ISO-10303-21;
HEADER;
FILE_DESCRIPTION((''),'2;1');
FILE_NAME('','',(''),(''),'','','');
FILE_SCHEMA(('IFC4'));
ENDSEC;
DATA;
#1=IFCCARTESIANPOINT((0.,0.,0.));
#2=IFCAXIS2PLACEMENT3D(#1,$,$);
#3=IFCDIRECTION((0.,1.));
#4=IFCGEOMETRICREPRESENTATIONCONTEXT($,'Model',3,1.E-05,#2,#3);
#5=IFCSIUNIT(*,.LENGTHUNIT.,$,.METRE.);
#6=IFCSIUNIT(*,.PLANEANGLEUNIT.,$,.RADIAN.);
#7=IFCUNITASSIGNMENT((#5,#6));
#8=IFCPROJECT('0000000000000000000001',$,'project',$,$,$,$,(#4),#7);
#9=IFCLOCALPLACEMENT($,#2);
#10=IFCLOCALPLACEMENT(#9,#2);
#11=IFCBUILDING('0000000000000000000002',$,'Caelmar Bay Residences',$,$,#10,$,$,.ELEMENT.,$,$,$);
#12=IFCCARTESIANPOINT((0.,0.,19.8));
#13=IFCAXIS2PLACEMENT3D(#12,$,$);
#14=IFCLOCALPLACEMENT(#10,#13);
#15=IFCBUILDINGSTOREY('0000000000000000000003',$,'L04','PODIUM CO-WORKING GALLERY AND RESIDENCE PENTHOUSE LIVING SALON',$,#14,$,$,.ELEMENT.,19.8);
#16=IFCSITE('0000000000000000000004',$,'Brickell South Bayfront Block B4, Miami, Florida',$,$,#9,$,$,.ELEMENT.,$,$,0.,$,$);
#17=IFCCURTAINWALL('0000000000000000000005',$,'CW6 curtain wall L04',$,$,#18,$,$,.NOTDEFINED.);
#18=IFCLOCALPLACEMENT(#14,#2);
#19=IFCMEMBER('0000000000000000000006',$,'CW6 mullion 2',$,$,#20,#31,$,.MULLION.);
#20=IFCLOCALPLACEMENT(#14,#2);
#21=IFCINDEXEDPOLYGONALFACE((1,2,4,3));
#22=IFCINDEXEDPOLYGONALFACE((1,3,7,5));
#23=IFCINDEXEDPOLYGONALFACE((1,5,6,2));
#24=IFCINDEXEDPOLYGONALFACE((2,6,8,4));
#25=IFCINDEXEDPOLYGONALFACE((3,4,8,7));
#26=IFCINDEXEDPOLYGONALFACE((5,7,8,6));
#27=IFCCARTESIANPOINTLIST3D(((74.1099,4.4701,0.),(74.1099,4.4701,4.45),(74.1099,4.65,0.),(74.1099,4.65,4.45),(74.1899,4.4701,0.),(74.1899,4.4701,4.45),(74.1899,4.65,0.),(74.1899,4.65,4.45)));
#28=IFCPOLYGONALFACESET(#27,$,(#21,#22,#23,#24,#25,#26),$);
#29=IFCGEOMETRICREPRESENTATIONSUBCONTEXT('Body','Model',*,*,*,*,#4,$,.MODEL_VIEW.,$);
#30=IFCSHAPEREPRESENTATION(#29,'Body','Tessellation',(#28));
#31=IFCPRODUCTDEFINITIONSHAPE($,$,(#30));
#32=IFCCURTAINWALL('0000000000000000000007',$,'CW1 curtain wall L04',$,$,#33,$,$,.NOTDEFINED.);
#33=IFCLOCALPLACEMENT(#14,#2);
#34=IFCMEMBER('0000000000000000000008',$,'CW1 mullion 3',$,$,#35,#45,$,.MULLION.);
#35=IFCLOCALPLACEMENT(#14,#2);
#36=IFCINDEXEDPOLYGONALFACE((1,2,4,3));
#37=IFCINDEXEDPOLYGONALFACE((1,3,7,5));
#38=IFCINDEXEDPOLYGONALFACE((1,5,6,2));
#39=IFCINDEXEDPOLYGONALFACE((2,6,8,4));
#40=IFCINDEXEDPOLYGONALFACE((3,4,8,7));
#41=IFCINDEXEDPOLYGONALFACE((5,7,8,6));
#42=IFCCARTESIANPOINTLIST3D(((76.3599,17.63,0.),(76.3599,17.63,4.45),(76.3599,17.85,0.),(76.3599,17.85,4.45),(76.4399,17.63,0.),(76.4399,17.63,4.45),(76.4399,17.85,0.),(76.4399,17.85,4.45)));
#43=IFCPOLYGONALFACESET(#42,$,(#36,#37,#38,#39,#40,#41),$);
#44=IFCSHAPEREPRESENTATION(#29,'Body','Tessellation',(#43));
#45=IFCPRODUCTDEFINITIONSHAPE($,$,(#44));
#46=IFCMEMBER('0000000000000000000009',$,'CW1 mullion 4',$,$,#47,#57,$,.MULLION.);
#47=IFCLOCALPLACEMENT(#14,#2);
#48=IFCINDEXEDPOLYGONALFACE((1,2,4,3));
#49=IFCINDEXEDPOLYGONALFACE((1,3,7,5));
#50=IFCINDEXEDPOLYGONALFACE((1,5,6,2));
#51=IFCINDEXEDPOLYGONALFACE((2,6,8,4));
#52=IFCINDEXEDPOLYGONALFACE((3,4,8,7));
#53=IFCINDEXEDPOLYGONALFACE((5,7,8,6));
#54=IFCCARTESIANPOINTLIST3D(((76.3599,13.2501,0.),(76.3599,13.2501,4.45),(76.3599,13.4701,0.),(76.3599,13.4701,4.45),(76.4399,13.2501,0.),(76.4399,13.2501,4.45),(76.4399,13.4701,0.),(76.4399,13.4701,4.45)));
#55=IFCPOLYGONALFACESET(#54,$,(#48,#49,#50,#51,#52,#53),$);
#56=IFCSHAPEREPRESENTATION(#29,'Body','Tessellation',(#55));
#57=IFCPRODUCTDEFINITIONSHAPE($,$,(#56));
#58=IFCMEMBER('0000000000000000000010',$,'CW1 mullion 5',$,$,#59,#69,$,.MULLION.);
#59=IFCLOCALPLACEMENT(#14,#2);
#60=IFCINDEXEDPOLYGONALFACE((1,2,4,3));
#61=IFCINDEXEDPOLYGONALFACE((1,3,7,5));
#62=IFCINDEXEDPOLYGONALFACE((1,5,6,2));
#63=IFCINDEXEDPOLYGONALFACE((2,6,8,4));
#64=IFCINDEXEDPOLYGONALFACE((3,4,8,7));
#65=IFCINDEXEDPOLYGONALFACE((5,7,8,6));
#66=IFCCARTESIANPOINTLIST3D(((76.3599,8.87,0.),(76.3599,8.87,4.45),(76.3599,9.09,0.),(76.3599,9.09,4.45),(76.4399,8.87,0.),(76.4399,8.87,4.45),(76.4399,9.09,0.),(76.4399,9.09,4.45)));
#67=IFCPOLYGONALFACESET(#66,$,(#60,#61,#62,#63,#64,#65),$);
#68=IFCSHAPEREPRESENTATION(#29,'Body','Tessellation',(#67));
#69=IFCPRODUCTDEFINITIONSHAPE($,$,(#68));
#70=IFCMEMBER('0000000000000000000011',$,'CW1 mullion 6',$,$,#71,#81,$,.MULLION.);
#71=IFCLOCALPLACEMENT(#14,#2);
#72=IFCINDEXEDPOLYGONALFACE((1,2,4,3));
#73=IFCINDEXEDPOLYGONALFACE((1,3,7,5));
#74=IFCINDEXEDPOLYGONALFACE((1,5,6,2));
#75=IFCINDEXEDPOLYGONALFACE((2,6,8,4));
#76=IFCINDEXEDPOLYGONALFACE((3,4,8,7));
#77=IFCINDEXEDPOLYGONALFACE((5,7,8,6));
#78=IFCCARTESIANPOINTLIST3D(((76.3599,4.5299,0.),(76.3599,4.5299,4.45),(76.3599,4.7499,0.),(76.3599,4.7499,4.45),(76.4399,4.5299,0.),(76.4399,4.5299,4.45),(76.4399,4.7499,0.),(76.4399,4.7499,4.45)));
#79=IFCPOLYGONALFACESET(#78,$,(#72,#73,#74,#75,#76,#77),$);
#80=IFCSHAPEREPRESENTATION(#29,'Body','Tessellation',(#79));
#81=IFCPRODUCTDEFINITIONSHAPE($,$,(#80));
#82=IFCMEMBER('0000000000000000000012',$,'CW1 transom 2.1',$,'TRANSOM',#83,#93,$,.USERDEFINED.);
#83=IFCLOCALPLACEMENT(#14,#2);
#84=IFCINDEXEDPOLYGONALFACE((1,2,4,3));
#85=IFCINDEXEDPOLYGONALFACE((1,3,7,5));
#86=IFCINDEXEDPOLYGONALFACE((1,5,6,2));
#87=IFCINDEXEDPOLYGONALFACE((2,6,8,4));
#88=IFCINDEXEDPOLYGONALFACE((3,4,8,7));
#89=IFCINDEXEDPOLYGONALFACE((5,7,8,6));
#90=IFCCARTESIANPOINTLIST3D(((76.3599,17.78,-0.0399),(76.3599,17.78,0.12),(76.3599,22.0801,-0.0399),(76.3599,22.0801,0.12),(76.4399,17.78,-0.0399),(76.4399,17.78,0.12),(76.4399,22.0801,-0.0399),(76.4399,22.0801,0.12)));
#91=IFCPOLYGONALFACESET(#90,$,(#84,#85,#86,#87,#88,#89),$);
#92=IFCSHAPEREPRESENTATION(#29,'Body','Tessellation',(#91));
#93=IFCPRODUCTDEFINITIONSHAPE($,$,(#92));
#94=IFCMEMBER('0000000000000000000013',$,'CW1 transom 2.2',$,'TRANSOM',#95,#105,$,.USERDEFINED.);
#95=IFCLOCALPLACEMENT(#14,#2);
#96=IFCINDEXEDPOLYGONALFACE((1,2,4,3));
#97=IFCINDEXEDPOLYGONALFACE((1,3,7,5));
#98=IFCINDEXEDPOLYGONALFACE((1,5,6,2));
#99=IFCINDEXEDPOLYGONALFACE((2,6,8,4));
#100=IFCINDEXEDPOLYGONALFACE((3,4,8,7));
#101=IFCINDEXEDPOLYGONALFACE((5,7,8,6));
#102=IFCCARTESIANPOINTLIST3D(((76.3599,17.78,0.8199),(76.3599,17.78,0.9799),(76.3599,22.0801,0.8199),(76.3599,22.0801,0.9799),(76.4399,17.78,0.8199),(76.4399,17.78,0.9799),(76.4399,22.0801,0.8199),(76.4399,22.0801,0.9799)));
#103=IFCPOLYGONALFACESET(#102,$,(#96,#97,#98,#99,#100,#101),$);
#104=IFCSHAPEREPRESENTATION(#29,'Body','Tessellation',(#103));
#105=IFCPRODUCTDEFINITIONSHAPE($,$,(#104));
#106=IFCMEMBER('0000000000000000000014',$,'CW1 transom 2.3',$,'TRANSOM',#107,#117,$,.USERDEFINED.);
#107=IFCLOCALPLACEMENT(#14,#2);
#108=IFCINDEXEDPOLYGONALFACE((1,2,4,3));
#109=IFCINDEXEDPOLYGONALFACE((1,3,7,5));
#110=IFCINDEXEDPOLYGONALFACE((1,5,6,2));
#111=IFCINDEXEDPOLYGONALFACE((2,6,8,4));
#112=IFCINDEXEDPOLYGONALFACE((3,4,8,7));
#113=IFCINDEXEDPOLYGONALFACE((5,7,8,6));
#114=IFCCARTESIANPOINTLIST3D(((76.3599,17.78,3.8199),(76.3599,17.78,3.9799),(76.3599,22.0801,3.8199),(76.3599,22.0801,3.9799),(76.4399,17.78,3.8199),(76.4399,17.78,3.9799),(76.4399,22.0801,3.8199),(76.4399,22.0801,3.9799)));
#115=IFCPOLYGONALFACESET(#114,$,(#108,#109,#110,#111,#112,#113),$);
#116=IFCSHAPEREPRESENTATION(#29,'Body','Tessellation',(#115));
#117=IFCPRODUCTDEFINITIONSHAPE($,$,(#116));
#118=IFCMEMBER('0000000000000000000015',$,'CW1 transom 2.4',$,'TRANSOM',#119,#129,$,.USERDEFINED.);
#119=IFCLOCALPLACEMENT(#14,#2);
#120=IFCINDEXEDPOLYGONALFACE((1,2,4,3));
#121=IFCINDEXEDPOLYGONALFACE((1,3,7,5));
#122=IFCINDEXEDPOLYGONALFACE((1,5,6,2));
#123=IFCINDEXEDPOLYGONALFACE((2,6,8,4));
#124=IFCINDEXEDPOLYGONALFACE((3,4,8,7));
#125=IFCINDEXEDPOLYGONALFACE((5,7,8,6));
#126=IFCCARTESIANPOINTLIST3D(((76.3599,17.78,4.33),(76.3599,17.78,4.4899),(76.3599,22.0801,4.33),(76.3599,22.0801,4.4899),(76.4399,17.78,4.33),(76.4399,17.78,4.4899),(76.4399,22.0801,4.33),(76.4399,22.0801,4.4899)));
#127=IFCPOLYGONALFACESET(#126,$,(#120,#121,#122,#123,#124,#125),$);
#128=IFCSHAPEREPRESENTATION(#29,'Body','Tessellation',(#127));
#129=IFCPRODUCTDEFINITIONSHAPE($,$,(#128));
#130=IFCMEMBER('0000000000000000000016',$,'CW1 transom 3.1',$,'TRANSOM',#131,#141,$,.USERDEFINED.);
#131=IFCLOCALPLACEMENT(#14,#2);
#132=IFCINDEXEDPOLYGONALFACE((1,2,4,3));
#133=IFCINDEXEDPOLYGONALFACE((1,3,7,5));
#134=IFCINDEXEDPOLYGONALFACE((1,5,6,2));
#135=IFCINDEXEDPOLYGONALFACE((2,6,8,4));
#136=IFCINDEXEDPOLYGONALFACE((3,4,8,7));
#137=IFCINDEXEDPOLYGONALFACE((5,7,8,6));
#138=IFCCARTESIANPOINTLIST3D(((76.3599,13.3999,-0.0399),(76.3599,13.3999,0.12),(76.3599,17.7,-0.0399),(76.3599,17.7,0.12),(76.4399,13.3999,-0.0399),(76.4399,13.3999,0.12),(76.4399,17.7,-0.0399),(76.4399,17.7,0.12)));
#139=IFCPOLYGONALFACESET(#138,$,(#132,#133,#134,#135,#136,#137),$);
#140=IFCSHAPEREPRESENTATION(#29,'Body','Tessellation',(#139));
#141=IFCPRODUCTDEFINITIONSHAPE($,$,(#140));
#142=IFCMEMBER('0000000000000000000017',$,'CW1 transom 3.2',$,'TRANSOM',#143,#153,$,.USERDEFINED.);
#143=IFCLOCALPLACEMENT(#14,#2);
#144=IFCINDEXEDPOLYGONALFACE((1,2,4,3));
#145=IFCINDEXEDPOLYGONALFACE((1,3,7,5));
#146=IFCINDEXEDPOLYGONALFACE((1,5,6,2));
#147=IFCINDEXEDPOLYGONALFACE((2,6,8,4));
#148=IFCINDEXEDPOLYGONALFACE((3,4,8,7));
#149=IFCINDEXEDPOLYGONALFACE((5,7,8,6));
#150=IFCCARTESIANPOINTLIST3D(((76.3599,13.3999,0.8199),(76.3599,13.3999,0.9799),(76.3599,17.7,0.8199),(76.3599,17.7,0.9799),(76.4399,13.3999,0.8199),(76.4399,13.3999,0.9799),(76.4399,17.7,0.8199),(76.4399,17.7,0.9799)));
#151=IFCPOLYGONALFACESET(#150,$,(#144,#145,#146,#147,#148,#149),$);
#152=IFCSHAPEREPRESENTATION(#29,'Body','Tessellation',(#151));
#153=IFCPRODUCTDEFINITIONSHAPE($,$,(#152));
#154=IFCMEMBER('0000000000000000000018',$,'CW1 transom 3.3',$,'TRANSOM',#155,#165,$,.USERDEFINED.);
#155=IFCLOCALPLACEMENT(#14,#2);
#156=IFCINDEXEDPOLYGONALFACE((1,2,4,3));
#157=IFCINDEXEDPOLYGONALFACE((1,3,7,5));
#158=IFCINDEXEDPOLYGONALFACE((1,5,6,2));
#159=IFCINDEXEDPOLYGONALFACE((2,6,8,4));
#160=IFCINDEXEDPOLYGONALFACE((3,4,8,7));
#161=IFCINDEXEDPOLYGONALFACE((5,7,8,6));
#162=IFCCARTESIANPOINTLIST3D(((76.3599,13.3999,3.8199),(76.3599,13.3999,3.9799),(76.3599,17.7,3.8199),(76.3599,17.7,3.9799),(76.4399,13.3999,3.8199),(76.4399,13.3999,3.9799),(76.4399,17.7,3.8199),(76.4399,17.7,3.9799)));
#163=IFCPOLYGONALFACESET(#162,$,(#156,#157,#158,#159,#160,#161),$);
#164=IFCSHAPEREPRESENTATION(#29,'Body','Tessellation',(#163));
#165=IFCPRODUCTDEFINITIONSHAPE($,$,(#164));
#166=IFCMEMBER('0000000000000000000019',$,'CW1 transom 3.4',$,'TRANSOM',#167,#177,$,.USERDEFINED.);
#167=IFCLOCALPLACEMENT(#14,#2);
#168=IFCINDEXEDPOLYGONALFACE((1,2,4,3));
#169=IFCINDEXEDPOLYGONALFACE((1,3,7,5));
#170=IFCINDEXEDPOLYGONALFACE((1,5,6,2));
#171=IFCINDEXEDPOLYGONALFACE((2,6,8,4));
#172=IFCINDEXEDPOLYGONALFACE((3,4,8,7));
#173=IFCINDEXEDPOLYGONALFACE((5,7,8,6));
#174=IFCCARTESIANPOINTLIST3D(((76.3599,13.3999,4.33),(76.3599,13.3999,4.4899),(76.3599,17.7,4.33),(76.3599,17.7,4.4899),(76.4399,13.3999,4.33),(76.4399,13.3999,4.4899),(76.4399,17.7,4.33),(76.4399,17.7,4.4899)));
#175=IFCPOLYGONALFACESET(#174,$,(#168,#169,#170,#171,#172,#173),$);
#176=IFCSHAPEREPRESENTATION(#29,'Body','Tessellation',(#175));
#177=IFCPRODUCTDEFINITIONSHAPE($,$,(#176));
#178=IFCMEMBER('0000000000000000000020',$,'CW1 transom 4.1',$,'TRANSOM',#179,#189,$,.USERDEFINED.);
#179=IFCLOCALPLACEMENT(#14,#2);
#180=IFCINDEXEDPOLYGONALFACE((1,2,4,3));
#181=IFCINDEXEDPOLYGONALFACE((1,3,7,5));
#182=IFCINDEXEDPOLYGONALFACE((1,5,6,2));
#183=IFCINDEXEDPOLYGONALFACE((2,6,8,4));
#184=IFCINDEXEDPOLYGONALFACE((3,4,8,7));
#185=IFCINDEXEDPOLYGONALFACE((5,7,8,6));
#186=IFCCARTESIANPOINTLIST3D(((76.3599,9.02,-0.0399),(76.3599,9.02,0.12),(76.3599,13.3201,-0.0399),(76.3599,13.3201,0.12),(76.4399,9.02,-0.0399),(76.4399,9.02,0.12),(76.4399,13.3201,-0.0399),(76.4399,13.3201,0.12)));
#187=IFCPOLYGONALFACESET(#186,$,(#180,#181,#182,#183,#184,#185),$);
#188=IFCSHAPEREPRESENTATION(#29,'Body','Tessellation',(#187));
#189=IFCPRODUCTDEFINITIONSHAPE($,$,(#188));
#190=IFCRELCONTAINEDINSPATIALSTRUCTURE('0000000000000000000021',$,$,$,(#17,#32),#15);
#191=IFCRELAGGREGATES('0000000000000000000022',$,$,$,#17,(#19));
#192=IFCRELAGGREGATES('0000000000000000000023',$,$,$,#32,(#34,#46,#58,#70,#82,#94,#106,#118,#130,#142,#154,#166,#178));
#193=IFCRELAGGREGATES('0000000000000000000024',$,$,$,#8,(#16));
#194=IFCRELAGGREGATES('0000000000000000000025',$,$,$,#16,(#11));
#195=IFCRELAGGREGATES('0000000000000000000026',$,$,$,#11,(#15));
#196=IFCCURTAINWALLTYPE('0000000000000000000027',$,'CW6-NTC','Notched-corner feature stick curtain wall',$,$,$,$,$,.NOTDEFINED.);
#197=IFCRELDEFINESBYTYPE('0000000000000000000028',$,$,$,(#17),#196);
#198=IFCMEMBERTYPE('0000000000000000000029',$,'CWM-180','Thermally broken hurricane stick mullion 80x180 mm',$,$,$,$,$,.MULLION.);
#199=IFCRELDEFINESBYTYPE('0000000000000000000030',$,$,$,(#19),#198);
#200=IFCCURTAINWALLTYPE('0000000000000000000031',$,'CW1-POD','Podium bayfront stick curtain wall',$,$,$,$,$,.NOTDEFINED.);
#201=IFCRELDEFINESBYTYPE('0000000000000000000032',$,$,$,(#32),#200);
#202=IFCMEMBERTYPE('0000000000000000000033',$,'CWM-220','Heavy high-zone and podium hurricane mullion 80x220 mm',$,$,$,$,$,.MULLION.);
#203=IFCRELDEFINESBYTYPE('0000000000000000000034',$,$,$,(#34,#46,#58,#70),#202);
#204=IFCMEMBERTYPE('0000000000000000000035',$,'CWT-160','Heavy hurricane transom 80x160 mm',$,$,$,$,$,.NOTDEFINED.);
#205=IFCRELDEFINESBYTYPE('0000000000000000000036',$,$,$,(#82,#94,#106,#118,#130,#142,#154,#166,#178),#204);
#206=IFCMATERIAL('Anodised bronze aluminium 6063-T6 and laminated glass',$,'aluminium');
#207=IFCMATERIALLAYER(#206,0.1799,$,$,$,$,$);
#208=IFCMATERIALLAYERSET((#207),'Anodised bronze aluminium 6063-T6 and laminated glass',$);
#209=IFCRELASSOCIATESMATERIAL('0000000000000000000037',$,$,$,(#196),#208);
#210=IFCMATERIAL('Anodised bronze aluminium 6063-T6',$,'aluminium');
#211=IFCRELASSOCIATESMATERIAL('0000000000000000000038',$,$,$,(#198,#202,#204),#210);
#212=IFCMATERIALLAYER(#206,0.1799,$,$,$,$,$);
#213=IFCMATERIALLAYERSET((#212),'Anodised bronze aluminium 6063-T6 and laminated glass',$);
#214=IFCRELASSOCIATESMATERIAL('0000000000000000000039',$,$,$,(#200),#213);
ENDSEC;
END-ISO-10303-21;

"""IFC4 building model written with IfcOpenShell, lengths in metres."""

from ifc_helpers import new_model, si_unit, direction, frame, origin, origin_2d, place, context, subcontext, project, spatial, rectangle, extrude, material, layer, layer_set, material_profile, profile_set, type_object, element, aggregate, save


model = new_model("IFC4")

# Units and contexts
model_context = context("Model", 3, precision=1e-05, world=origin(), true_north=direction((0.0, 1.0)))
body_context = subcontext(model_context, "Body", "Model", "MODEL_VIEW")
ifc_project = project(units=[si_unit("LENGTHUNIT", "METRE"), si_unit("PLANEANGLEUNIT", "RADIAN")], contexts=[model_context])

# Site, building, storey
site_placement = place(None, origin())
site = spatial("IfcSite", under=ifc_project, at=site_placement, Name="Brickell South Bayfront Block B4, Miami, Florida", CompositionType="ELEMENT", RefElevation=0.0)
building_placement = place(site_placement, origin())
building = spatial("IfcBuilding", under=site, at=building_placement, Name="Caelmar Bay Residences", CompositionType="ELEMENT")
storey_placement = place(building_placement, frame((0.0, 0.0, 19.8)))
storey = spatial("IfcBuildingStorey", under=building, at=storey_placement, Name="L04", Description="PODIUM CO-WORKING GALLERY AND RESIDENCE PENTHOUSE LIVING SALON", CompositionType="ELEMENT", Elevation=19.8)

# Curtain wall, member
ifc_material_1 = material(Name="Anodised bronze aluminium 6063-T6 and laminated glass", Category="aluminium")
ifc_layer_1 = layer(ifc_material_1, 0.1799)
ifc_layer_set_1 = layer_set([ifc_layer_1], Name="Anodised bronze aluminium 6063-T6 and laminated glass")
curtain_wall_type_1 = type_object("IfcCurtainWallType", Name="CW6-NTC", Description="Notched-corner feature stick curtain wall", PredefinedType="NOTDEFINED", material=ifc_layer_set_1)
curtain_wall_1_placement = place(storey_placement, origin())
curtain_wall_1 = element("IfcCurtainWall", 1, at=curtain_wall_1_placement, inside=storey, type_object=curtain_wall_type_1, Name="CW6 curtain wall L04", PredefinedType="NOTDEFINED")
ifc_material_2 = material(Name="Anodised bronze aluminium 6063-T6", Category="aluminium")
ifc_material_profile_1 = material_profile(ifc_material_2, rectangle(XDim=0.0801, YDim=0.1799, at=origin_2d()), Name="CWM-80X180")
ifc_profile_set_1 = profile_set([ifc_material_profile_1], Name="Anodised bronze aluminium 6063-T6")
member_type_1 = type_object("IfcMemberType", Name="CWM-180", Description="Thermally broken hurricane stick mullion 80x180 mm", PredefinedType="MULLION", material=ifc_profile_set_1)
member_1_placement = place(storey_placement, frame((74.1499, 4.5601, 0.0), z_axis=(0.0, 0.0, 1.0), x_axis=(-1.0, 0.0, 0.0)))
member_1 = element("IfcMember", 2, at=member_1_placement, type_object=member_type_1, Name="CW6 mullion 2", PredefinedType="MULLION", context=body_context, shape_type="SweptSolid", body=[
    extrude(rectangle(XDim=0.0801, YDim=0.1799, at=origin_2d()), origin(), (0.0, 0.0, 1.0), 4.45),
])
aggregate(curtain_wall_1, [member_1])

# Curtain wall, members
ifc_layer_2 = layer(ifc_material_1, 0.1799)
ifc_layer_set_2 = layer_set([ifc_layer_2], Name="Anodised bronze aluminium 6063-T6 and laminated glass")
curtain_wall_type_2 = type_object("IfcCurtainWallType", Name="CW1-POD", Description="Podium bayfront stick curtain wall", PredefinedType="NOTDEFINED", material=ifc_layer_set_2)
curtain_wall_2_placement = place(storey_placement, origin())
curtain_wall_2 = element("IfcCurtainWall", 3, at=curtain_wall_2_placement, inside=storey, type_object=curtain_wall_type_2, Name="CW1 curtain wall L04", PredefinedType="NOTDEFINED")
ifc_material_profile_2 = material_profile(ifc_material_2, rectangle(XDim=0.0801, YDim=0.22, at=origin_2d()), Name="CWM-80X220")
ifc_profile_set_2 = profile_set([ifc_material_profile_2], Name="Anodised bronze aluminium 6063-T6")
member_type_2 = type_object("IfcMemberType", Name="CWM-220", Description="Heavy high-zone and podium hurricane mullion 80x220 mm", PredefinedType="MULLION", material=ifc_profile_set_2)
member_2_placement = place(storey_placement, frame((76.3999, 17.74, 0.0), z_axis=(0.0, 0.0, 1.0), x_axis=(1.0, 0.0, 0.0)))
member_2 = element("IfcMember", 4, at=member_2_placement, type_object=member_type_2, Name="CW1 mullion 3", PredefinedType="MULLION", context=body_context, shape_type="SweptSolid", body=[
    extrude(rectangle(XDim=0.0801, YDim=0.22, at=origin_2d()), origin(), (0.0, 0.0, 1.0), 4.45),
])
member_3_placement = place(storey_placement, frame((76.3999, 13.3601, 0.0), z_axis=(0.0, 0.0, 1.0), x_axis=(1.0, 0.0, 0.0)))
member_3 = element("IfcMember", 5, at=member_3_placement, type_object=member_type_2, Name="CW1 mullion 4", PredefinedType="MULLION", context=body_context, shape_type="SweptSolid", body=[
    extrude(rectangle(XDim=0.0801, YDim=0.22, at=origin_2d()), origin(), (0.0, 0.0, 1.0), 4.45),
])
member_4_placement = place(storey_placement, frame((76.3999, 8.98, 0.0), z_axis=(0.0, 0.0, 1.0), x_axis=(1.0, 0.0, 0.0)))
member_4 = element("IfcMember", 6, at=member_4_placement, type_object=member_type_2, Name="CW1 mullion 5", PredefinedType="MULLION", context=body_context, shape_type="SweptSolid", body=[
    extrude(rectangle(XDim=0.0801, YDim=0.22, at=origin_2d()), origin(), (0.0, 0.0, 1.0), 4.45),
])
member_5_placement = place(storey_placement, frame((76.3999, 4.6399, 0.0), z_axis=(0.0, 0.0, 1.0), x_axis=(1.0, 0.0, 0.0)))
member_5 = element("IfcMember", 7, at=member_5_placement, type_object=member_type_2, Name="CW1 mullion 6", PredefinedType="MULLION", context=body_context, shape_type="SweptSolid", body=[
    extrude(rectangle(XDim=0.0801, YDim=0.22, at=origin_2d()), origin(), (0.0, 0.0, 1.0), 4.45),
])
ifc_material_profile_3 = material_profile(ifc_material_2, rectangle(XDim=0.0801, YDim=0.1599, at=origin_2d()), Name="CWT-80X160")
ifc_profile_set_3 = profile_set([ifc_material_profile_3], Name="Anodised bronze aluminium 6063-T6")
member_type_3 = type_object("IfcMemberType", Name="CWT-160", Description="Heavy hurricane transom 80x160 mm", PredefinedType="NOTDEFINED", material=ifc_profile_set_3)
member_6_placement = place(storey_placement, frame((76.3999, 22.0801, 0.04), z_axis=(0.0, -1.0, 0.0), x_axis=(1.0, 0.0, 0.0)))
member_6 = element("IfcMember", 8, at=member_6_placement, type_object=member_type_3, Name="CW1 transom 2.1", ObjectType="TRANSOM", PredefinedType="USERDEFINED", context=body_context, shape_type="SweptSolid", body=[
    extrude(rectangle(XDim=0.0801, YDim=0.1599, at=origin_2d()), origin(), (0.0, 0.0, 1.0), 4.3),
])
member_7_placement = place(storey_placement, frame((76.3999, 22.0801, 0.8999), z_axis=(0.0, -1.0, 0.0), x_axis=(1.0, 0.0, 0.0)))
member_7 = element("IfcMember", 9, at=member_7_placement, type_object=member_type_3, Name="CW1 transom 2.2", ObjectType="TRANSOM", PredefinedType="USERDEFINED", context=body_context, shape_type="SweptSolid", body=[
    extrude(rectangle(XDim=0.0801, YDim=0.1599, at=origin_2d()), origin(), (0.0, 0.0, 1.0), 4.3),
])
member_8_placement = place(storey_placement, frame((76.3999, 22.0801, 3.8999), z_axis=(0.0, -1.0, 0.0), x_axis=(1.0, 0.0, 0.0)))
member_8 = element("IfcMember", 10, at=member_8_placement, type_object=member_type_3, Name="CW1 transom 2.3", ObjectType="TRANSOM", PredefinedType="USERDEFINED", context=body_context, shape_type="SweptSolid", body=[
    extrude(rectangle(XDim=0.0801, YDim=0.1599, at=origin_2d()), origin(), (0.0, 0.0, 1.0), 4.3),
])
member_9_placement = place(storey_placement, frame((76.3999, 22.0801, 4.4099), z_axis=(0.0, -1.0, 0.0), x_axis=(1.0, 0.0, 0.0)))
member_9 = element("IfcMember", 11, at=member_9_placement, type_object=member_type_3, Name="CW1 transom 2.4", ObjectType="TRANSOM", PredefinedType="USERDEFINED", context=body_context, shape_type="SweptSolid", body=[
    extrude(rectangle(XDim=0.0801, YDim=0.1599, at=origin_2d()), origin(), (0.0, 0.0, 1.0), 4.3),
])
member_10_placement = place(storey_placement, frame((76.3999, 17.7, 0.04), z_axis=(0.0, -1.0, 0.0), x_axis=(1.0, 0.0, 0.0)))
member_10 = element("IfcMember", 12, at=member_10_placement, type_object=member_type_3, Name="CW1 transom 3.1", ObjectType="TRANSOM", PredefinedType="USERDEFINED", context=body_context, shape_type="SweptSolid", body=[
    extrude(rectangle(XDim=0.0801, YDim=0.1599, at=origin_2d()), origin(), (0.0, 0.0, 1.0), 4.3),
])
member_11_placement = place(storey_placement, frame((76.3999, 17.7, 0.8999), z_axis=(0.0, -1.0, 0.0), x_axis=(1.0, 0.0, 0.0)))
member_11 = element("IfcMember", 13, at=member_11_placement, type_object=member_type_3, Name="CW1 transom 3.2", ObjectType="TRANSOM", PredefinedType="USERDEFINED", context=body_context, shape_type="SweptSolid", body=[
    extrude(rectangle(XDim=0.0801, YDim=0.1599, at=origin_2d()), origin(), (0.0, 0.0, 1.0), 4.3),
])
member_12_placement = place(storey_placement, frame((76.3999, 17.7, 3.8999), z_axis=(0.0, -1.0, 0.0), x_axis=(1.0, 0.0, 0.0)))
member_12 = element("IfcMember", 14, at=member_12_placement, type_object=member_type_3, Name="CW1 transom 3.3", ObjectType="TRANSOM", PredefinedType="USERDEFINED", context=body_context, shape_type="SweptSolid", body=[
    extrude(rectangle(XDim=0.0801, YDim=0.1599, at=origin_2d()), origin(), (0.0, 0.0, 1.0), 4.3),
])
member_13_placement = place(storey_placement, frame((76.3999, 17.7, 4.4099), z_axis=(0.0, -1.0, 0.0), x_axis=(1.0, 0.0, 0.0)))
member_13 = element("IfcMember", 15, at=member_13_placement, type_object=member_type_3, Name="CW1 transom 3.4", ObjectType="TRANSOM", PredefinedType="USERDEFINED", context=body_context, shape_type="SweptSolid", body=[
    extrude(rectangle(XDim=0.0801, YDim=0.1599, at=origin_2d()), origin(), (0.0, 0.0, 1.0), 4.3),
])
member_14_placement = place(storey_placement, frame((76.3999, 13.3201, 0.04), z_axis=(0.0, -1.0, 0.0), x_axis=(1.0, 0.0, 0.0)))
member_14 = element("IfcMember", 16, at=member_14_placement, type_object=member_type_3, Name="CW1 transom 4.1", ObjectType="TRANSOM", PredefinedType="USERDEFINED", context=body_context, shape_type="SweptSolid", body=[
    extrude(rectangle(XDim=0.0801, YDim=0.1599, at=origin_2d()), origin(), (0.0, 0.0, 1.0), 4.3),
])
aggregate(curtain_wall_2, [member_2, member_3, member_4, member_5, member_6, member_7, member_8, member_9, member_10, member_11, member_12, member_13, member_14])

save(model, "model.ifc")
